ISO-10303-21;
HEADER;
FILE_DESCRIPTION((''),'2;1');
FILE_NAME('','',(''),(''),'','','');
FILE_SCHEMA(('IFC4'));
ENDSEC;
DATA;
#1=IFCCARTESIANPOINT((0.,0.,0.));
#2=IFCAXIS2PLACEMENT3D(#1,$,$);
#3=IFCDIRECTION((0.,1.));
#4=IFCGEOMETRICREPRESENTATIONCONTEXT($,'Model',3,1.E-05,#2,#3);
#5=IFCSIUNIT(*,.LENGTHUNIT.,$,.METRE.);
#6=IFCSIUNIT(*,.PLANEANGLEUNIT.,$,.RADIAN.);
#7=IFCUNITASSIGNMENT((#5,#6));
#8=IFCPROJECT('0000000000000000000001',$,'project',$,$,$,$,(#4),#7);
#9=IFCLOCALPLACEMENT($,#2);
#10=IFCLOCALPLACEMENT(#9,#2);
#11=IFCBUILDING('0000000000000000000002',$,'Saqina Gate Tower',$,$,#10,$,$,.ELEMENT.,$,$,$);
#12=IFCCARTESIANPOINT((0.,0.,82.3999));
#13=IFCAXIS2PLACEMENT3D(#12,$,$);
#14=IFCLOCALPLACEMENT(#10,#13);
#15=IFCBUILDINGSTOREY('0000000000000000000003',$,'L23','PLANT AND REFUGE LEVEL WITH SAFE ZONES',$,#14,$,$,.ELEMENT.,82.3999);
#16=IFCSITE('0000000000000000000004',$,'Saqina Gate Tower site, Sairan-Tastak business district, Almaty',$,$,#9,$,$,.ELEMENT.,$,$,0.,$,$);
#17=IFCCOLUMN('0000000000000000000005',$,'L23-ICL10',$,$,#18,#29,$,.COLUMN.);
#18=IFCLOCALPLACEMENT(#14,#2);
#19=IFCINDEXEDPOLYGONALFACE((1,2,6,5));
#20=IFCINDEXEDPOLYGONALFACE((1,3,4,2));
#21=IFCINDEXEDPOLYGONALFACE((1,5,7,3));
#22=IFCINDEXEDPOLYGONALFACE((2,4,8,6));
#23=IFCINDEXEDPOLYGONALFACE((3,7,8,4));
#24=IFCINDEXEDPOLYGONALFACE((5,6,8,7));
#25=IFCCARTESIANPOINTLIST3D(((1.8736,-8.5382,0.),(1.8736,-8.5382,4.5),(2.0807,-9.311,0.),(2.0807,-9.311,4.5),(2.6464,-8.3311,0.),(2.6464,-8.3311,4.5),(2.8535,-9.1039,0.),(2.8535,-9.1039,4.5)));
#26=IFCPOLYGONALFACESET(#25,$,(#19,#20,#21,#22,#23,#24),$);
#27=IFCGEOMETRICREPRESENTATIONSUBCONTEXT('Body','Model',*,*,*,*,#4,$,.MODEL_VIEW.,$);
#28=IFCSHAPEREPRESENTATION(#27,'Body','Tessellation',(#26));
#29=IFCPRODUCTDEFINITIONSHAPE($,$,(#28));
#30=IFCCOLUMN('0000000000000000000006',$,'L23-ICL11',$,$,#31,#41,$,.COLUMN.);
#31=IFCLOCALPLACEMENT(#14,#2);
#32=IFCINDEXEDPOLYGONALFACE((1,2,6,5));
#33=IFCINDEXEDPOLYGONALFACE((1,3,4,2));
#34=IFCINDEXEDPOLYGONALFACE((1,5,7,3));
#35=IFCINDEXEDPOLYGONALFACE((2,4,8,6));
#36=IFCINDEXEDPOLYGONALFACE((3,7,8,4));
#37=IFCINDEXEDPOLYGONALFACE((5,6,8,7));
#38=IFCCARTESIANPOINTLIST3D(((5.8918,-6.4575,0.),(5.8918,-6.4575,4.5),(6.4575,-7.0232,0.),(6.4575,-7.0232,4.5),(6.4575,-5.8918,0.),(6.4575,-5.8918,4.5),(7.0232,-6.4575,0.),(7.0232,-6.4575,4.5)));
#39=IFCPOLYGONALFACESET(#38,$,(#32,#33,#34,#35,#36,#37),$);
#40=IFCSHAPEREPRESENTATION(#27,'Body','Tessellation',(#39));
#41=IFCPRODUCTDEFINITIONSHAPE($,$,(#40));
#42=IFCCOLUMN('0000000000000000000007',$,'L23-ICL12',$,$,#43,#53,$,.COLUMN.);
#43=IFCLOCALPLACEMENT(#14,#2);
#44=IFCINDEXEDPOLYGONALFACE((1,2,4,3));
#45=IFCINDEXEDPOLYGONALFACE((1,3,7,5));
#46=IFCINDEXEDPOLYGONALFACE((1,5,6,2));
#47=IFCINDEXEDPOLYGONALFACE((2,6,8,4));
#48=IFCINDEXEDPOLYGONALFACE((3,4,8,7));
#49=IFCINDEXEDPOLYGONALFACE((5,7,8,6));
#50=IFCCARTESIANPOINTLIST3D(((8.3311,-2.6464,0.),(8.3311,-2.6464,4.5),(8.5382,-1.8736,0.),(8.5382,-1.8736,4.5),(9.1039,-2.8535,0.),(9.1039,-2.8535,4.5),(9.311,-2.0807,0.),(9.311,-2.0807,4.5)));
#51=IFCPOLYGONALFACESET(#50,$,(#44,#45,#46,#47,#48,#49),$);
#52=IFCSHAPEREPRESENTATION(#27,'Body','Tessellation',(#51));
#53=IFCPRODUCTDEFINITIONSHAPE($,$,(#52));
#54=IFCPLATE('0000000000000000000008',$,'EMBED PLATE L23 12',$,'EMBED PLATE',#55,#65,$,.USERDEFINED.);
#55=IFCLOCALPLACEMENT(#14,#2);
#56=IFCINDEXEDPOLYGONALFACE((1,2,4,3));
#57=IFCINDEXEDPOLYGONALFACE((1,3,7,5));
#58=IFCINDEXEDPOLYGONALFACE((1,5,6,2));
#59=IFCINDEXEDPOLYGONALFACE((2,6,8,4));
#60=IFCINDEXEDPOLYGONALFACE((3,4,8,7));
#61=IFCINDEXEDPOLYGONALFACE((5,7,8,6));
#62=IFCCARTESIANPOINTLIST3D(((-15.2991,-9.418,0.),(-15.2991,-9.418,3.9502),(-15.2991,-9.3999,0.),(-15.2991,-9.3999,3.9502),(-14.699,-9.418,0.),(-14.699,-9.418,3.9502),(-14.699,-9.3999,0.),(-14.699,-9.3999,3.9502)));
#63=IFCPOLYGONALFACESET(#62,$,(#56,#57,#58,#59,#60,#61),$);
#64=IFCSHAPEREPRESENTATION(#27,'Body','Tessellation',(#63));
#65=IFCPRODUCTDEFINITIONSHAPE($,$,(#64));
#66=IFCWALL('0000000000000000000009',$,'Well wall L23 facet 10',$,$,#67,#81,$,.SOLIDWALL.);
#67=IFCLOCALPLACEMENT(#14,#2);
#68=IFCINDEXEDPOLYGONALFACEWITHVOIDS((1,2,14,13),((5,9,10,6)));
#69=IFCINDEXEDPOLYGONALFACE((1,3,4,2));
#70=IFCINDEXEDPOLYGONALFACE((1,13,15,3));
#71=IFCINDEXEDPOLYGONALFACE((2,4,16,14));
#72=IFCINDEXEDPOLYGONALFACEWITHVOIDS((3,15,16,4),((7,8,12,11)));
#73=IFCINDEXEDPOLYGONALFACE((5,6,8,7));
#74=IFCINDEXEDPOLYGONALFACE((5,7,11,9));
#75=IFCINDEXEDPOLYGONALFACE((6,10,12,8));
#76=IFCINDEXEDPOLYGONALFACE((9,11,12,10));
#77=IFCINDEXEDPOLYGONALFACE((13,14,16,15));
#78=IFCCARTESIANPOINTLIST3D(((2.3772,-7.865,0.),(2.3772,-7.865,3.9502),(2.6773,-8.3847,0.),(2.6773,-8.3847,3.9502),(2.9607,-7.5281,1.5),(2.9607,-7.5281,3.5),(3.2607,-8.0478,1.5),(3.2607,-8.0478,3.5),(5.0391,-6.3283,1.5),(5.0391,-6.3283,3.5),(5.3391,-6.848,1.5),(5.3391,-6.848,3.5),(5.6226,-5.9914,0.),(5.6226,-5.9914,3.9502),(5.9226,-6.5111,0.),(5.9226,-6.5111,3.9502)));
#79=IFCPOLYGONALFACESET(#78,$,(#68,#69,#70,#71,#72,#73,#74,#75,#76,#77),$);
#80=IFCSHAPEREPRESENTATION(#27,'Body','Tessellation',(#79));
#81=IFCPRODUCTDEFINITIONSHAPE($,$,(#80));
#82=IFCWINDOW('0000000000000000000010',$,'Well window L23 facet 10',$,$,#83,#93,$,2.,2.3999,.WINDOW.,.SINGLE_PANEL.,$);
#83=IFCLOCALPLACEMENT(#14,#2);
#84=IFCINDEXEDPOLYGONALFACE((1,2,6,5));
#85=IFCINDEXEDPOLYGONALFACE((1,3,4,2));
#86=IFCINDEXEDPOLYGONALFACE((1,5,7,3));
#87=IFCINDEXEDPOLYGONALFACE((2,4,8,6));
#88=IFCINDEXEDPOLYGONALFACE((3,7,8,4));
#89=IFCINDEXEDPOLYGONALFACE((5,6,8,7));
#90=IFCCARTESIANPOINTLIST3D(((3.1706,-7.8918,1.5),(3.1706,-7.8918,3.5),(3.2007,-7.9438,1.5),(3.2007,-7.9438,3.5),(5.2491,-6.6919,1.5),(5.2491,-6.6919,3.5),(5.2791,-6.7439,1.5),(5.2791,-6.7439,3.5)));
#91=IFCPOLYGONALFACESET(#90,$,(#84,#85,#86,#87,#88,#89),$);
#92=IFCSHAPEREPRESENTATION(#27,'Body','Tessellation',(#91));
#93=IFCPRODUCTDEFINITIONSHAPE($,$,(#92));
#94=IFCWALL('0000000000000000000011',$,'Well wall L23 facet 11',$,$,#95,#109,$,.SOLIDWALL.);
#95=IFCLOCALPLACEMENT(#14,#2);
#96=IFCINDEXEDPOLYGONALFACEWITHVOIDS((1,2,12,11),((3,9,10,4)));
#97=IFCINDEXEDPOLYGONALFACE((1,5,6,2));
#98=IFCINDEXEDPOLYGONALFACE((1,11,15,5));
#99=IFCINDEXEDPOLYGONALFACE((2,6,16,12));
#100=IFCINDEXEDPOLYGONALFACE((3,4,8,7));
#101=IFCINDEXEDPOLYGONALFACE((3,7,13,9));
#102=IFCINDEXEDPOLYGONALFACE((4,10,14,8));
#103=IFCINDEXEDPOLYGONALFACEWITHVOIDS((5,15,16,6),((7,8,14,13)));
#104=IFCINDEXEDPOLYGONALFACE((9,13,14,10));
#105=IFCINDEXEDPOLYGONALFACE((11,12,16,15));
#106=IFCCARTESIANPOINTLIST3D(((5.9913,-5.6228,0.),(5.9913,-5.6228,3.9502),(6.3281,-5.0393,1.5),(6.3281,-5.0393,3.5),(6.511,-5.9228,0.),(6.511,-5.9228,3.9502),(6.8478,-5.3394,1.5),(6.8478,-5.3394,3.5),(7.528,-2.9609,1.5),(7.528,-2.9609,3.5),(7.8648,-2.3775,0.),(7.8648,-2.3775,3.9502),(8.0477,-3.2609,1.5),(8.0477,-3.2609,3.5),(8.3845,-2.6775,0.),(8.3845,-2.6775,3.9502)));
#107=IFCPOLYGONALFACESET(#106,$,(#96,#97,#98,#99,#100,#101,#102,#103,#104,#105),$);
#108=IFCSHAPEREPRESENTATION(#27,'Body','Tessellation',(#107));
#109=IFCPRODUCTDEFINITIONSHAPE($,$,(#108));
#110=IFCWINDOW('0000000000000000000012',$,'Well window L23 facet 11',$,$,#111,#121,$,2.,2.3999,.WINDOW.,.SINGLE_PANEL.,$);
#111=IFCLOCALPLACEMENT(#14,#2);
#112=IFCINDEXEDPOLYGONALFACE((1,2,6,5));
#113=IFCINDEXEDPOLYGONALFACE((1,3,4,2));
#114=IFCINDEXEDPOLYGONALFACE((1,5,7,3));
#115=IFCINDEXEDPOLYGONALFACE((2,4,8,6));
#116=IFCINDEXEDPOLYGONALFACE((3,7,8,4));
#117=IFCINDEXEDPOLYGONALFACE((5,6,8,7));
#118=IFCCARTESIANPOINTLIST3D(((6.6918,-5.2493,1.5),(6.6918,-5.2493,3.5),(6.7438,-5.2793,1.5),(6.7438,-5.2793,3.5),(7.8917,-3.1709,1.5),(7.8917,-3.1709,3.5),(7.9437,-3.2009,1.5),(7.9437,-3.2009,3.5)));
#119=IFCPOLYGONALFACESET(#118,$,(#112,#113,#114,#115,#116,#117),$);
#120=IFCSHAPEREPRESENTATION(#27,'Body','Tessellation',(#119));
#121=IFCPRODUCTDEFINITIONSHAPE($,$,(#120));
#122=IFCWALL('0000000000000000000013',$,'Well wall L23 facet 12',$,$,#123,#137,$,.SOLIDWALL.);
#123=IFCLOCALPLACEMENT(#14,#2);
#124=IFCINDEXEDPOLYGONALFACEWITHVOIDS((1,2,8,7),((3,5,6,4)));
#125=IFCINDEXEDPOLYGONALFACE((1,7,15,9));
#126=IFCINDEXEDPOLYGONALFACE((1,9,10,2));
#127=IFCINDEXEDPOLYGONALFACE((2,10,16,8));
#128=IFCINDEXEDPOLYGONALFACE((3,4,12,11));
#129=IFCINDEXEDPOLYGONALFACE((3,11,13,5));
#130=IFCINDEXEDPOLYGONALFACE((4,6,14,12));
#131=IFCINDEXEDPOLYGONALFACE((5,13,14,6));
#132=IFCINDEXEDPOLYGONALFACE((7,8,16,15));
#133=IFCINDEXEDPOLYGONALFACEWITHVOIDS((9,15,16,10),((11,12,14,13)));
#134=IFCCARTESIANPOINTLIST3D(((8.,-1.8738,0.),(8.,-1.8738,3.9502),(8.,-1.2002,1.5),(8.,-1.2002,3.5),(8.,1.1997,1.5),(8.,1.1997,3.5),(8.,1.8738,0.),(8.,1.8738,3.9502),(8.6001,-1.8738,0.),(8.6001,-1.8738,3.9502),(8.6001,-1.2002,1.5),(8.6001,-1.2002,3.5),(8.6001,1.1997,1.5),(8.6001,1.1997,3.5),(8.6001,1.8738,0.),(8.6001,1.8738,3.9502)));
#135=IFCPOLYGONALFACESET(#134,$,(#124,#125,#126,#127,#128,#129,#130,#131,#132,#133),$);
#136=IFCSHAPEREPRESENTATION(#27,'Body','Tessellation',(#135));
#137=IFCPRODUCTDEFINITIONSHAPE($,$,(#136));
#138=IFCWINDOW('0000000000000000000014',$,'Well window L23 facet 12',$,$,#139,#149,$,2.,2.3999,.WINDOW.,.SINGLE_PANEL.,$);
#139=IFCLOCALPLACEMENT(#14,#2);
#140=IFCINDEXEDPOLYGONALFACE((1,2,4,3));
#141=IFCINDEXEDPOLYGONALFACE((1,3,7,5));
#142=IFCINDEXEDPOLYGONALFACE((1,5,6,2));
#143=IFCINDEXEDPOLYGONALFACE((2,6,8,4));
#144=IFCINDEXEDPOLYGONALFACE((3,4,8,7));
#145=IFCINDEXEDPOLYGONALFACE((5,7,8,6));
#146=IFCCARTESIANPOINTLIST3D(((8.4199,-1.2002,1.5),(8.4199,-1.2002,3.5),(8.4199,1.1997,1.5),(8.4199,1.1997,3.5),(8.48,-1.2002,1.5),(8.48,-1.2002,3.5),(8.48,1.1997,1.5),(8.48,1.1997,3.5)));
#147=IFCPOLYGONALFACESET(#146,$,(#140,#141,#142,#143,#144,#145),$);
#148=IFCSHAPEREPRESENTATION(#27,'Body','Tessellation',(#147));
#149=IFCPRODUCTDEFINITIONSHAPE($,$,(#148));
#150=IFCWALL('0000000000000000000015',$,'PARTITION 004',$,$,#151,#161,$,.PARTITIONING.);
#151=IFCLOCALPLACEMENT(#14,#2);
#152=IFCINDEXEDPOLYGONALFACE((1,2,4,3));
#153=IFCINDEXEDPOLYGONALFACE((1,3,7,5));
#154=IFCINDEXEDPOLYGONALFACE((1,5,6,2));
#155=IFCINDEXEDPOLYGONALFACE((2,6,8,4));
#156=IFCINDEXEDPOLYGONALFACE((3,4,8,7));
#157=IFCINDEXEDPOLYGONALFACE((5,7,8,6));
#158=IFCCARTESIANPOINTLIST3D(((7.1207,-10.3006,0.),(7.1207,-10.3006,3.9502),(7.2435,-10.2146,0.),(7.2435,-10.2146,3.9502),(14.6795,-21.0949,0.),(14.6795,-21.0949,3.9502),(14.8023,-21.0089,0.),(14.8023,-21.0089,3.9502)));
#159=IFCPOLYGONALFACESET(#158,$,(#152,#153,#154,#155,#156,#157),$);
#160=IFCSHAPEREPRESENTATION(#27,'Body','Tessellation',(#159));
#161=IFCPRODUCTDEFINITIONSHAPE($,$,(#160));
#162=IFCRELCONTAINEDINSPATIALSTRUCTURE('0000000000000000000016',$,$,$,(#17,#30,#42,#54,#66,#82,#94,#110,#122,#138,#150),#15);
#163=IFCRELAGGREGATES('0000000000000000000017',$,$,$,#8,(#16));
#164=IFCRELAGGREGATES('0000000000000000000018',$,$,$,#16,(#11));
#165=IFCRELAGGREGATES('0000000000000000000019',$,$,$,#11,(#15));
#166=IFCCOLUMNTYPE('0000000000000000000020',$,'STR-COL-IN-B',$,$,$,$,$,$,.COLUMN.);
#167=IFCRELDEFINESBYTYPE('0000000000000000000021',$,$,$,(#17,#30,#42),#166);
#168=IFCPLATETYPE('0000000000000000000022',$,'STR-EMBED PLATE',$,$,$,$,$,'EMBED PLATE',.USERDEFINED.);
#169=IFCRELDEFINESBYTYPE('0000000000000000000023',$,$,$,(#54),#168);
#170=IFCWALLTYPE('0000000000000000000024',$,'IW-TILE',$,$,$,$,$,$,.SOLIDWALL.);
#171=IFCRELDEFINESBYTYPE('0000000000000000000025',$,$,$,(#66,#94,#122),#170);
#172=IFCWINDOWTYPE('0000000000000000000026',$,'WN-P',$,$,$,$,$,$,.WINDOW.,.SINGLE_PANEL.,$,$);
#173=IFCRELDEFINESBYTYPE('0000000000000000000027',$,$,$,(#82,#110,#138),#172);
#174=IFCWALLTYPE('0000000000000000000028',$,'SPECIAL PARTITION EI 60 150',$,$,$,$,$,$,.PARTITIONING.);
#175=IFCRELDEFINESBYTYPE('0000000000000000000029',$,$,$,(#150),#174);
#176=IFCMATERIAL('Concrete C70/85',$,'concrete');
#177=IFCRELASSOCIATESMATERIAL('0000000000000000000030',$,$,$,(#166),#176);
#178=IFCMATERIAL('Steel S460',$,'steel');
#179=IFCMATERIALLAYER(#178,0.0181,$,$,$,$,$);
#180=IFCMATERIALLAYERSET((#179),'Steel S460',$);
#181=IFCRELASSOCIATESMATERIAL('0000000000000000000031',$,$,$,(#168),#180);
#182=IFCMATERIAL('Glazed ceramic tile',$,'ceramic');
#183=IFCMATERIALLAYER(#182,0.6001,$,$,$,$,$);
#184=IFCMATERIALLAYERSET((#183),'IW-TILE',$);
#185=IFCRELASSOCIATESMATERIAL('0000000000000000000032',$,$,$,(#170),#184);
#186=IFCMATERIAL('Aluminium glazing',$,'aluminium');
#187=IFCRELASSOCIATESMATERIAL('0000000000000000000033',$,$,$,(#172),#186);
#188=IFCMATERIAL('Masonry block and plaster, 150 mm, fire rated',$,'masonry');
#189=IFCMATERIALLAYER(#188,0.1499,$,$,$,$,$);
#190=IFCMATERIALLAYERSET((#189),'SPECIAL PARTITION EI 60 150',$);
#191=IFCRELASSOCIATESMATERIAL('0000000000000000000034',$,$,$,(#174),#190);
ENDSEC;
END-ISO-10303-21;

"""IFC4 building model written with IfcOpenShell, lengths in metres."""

from ifc_helpers import new_model, si_unit, direction, frame, frame_2d, origin, origin_2d, place, context, subcontext, project, spatial, polyline, rectangle, outline, extrude, material, layer, layer_set, material_profile, profile_set, type_object, element, fill, save


model = new_model("IFC4")

# Units and contexts
model_context = context("Model", 3, precision=1e-05, world=origin(), true_north=direction((0.0, 1.0)))
body_context = subcontext(model_context, "Body", "Model", "MODEL_VIEW")
ifc_project = project(units=[si_unit("LENGTHUNIT", "METRE"), si_unit("PLANEANGLEUNIT", "RADIAN")], contexts=[model_context])

# Site, building, storey
site_placement = place(None, origin())
site = spatial("IfcSite", under=ifc_project, at=site_placement, Name="Saqina Gate Tower site, Sairan-Tastak business district, Almaty", CompositionType="ELEMENT", RefElevation=0.0)
building_placement = place(site_placement, origin())
building = spatial("IfcBuilding", under=site, at=building_placement, Name="Saqina Gate Tower", CompositionType="ELEMENT")
storey_placement = place(building_placement, frame((0.0, 0.0, 82.3999)))
storey = spatial("IfcBuildingStorey", under=building, at=storey_placement, Name="L23", Description="PLANT AND REFUGE LEVEL WITH SAFE ZONES", CompositionType="ELEMENT", Elevation=82.3999)

# Columns
ifc_material_1 = material(Name="Concrete C70/85", Category="concrete")
ifc_material_profile = material_profile(ifc_material_1, rectangle(XDim=0.8, YDim=0.8, at=origin_2d()), Name="RC 800x800")
ifc_profile_set = profile_set([ifc_material_profile], Name="Concrete C70/85")
column_type = type_object("IfcColumnType", Name="STR-COL-IN-B", PredefinedType="COLUMN", material=ifc_profile_set)
for number, where, z_axis, x_axis, name in (
    (1, (2.3635, -8.821, 0.0), (0.0, 0.0, 1.0), (0.258819, -0.965926, 0.0), "L23-ICL10"),
    (2, (6.4575, -6.4575, 0.0), (0.0, 0.0, 1.0), (0.707107, -0.707107, 0.0), "L23-ICL11"),
    (3, (8.821, -2.3635, 0.0), (0.0, 0.0, 1.0), (0.965926, -0.258819, 0.0), "L23-ICL12"),
):
    element("IfcColumn", number, at=place(storey_placement, frame(where, z_axis=z_axis, x_axis=x_axis)), inside=storey, type_object=column_type, Name=name, PredefinedType="COLUMN", context=body_context, shape_type="SweptSolid", body=[
        extrude(rectangle(XDim=0.8, YDim=0.8, at=origin_2d()), origin(), (0.0, 0.0, 1.0), 4.5),
    ])

# Plate
ifc_material_2 = material(Name="Steel S460", Category="steel")
ifc_layer_1 = layer(ifc_material_2, 0.0181)
ifc_layer_set_1 = layer_set([ifc_layer_1], Name="Steel S460")
plate_type = type_object("IfcPlateType", Name="STR-EMBED PLATE", ElementType="EMBED PLATE", PredefinedType="USERDEFINED", material=ifc_layer_set_1)
plate_placement = place(storey_placement, origin())
element("IfcPlate", 4, at=plate_placement, inside=storey, type_object=plate_type, Name="EMBED PLATE L23 12", ObjectType="EMBED PLATE", PredefinedType="USERDEFINED", context=body_context, shape_type="SweptSolid", body=[
    extrude(outline(polyline([(-15.2991, -9.418), (-14.699, -9.418), (-14.699, -9.3999), (-15.2991, -9.3999), (-15.2991, -9.418)])), origin(), (0.0, 0.0, 1.0), 3.9502),
])

# Walls, openings, windows
ifc_material_3 = material(Name="Glazed ceramic tile", Category="ceramic")
ifc_layer_2 = layer(ifc_material_3, 0.6001)
ifc_layer_set_2 = layer_set([ifc_layer_2], Name="IW-TILE")
wall_type_1 = type_object("IfcWallType", Name="IW-TILE", PredefinedType="SOLIDWALL", material=ifc_layer_set_2)
wall_1_placement = place(storey_placement, frame((2.5273, -8.1248, 0.0), z_axis=(0.0, 0.0, 1.0), x_axis=(0.866046, 0.499965, 0.0)))
wall_1 = element("IfcWall", 5, at=wall_1_placement, inside=storey, type_object=wall_type_1, Name="Well wall L23 facet 10", PredefinedType="SOLIDWALL", context=body_context, shape_type="SweptSolid", body=[
    extrude(rectangle(XDim=3.7473, YDim=0.6001, at=frame_2d((1.8735, 0.0))), origin(), (0.0, 0.0, 1.0), 3.9502),
])
opening_1_placement = place(wall_1_placement, frame((0.6736, 0.0, 1.5)))
opening_1 = element("IfcOpeningElement", 6, at=opening_1_placement, cuts=wall_1, PredefinedType="OPENING", context=body_context, shape_type="SweptSolid", body=[
    extrude(rectangle(XDim=2.3999, YDim=2.0, at=frame_2d((1.2, 1.0))), frame((0.0, 0.312, 0.0), z_axis=(0.0, -1.0, 0.0), x_axis=(1.0, 0.0, 0.0)), (0.0, 0.0, 1.0), 0.624),
])
ifc_material_4 = material(Name="Aluminium glazing", Category="aluminium")
window_type = type_object("IfcWindowType", Name="WN-P", PartitioningType="SINGLE_PANEL", PredefinedType="WINDOW", material=ifc_material_4)
window_1_placement = place(opening_1_placement, origin())
window_1 = element("IfcWindow", 7, at=window_1_placement, inside=storey, type_object=window_type, Name="Well window L23 facet 10", OverallHeight=2.0, OverallWidth=2.3999, PartitioningType="SINGLE_PANEL", PredefinedType="WINDOW", context=body_context, shape_type="SweptSolid", body=[
    extrude(rectangle(XDim=2.3999, YDim=2.0, at=frame_2d((1.2, 1.0))), frame((0.0, -0.1199, 0.0), z_axis=(0.0, -1.0, 0.0), x_axis=(1.0, 0.0, 0.0)), (0.0, 0.0, 1.0), 0.0601),
])
fill(opening_1, window_1)
wall_2_placement = place(storey_placement, frame((6.2512, -5.7727, 0.0), z_axis=(0.0, 0.0, 1.0), x_axis=(0.499965, 0.866046, 0.0)))
wall_2 = element("IfcWall", 8, at=wall_2_placement, inside=storey, type_object=wall_type_1, Name="Well wall L23 facet 11", PredefinedType="SOLIDWALL", context=body_context, shape_type="SweptSolid", body=[
    extrude(rectangle(XDim=3.7473, YDim=0.6001, at=frame_2d((1.8735, 0.0))), origin(), (0.0, 0.0, 1.0), 3.9502),
])
opening_2_placement = place(wall_2_placement, frame((0.6736, 0.0, 1.5)))
opening_2 = element("IfcOpeningElement", 9, at=opening_2_placement, cuts=wall_2, PredefinedType="OPENING", context=body_context, shape_type="SweptSolid", body=[
    extrude(rectangle(XDim=2.3999, YDim=2.0, at=frame_2d((1.2, 1.0))), frame((0.0, 0.312, 0.0), z_axis=(0.0, -1.0, 0.0), x_axis=(1.0, 0.0, 0.0)), (0.0, 0.0, 1.0), 0.624),
])
window_2_placement = place(opening_2_placement, origin())
window_2 = element("IfcWindow", 10, at=window_2_placement, inside=storey, type_object=window_type, Name="Well window L23 facet 11", OverallHeight=2.0, OverallWidth=2.3999, PartitioningType="SINGLE_PANEL", PredefinedType="WINDOW", context=body_context, shape_type="SweptSolid", body=[
    extrude(rectangle(XDim=2.3999, YDim=2.0, at=frame_2d((1.2, 1.0))), frame((0.0, -0.1199, 0.0), z_axis=(0.0, -1.0, 0.0), x_axis=(1.0, 0.0, 0.0)), (0.0, 0.0, 1.0), 0.0601),
])
fill(opening_2, window_2)
wall_3_placement = place(storey_placement, frame((8.3, -1.8738, 0.0), z_axis=(0.0, 0.0, 1.0), x_axis=(0.0, 1.0, 0.0)))
wall_3 = element("IfcWall", 11, at=wall_3_placement, inside=storey, type_object=wall_type_1, Name="Well wall L23 facet 12", PredefinedType="SOLIDWALL", context=body_context, shape_type="SweptSolid", body=[
    extrude(rectangle(XDim=3.7476, YDim=0.6001, at=frame_2d((1.8738, 0.0))), origin(), (0.0, 0.0, 1.0), 3.9502),
])
opening_3_placement = place(wall_3_placement, frame((0.6736, 0.0, 1.5)))
opening_3 = element("IfcOpeningElement", 12, at=opening_3_placement, cuts=wall_3, PredefinedType="OPENING", context=body_context, shape_type="SweptSolid", body=[
    extrude(rectangle(XDim=2.3999, YDim=2.0, at=frame_2d((1.2, 1.0))), frame((0.0, 0.312, 0.0), z_axis=(0.0, -1.0, 0.0), x_axis=(1.0, 0.0, 0.0)), (0.0, 0.0, 1.0), 0.624),
])
window_3_placement = place(opening_3_placement, origin())
window_3 = element("IfcWindow", 13, at=window_3_placement, inside=storey, type_object=window_type, Name="Well window L23 facet 12", OverallHeight=2.0, OverallWidth=2.3999, PartitioningType="SINGLE_PANEL", PredefinedType="WINDOW", context=body_context, shape_type="SweptSolid", body=[
    extrude(rectangle(XDim=2.3999, YDim=2.0, at=frame_2d((1.2, 1.0))), frame((0.0, -0.1199, 0.0), z_axis=(0.0, -1.0, 0.0), x_axis=(1.0, 0.0, 0.0)), (0.0, 0.0, 1.0), 0.0601),
])
fill(opening_3, window_3)

# Wall
ifc_material_5 = material(Name="Masonry block and plaster, 150 mm, fire rated", Category="masonry")
ifc_layer_3 = layer(ifc_material_5, 0.1499)
ifc_layer_set_3 = layer_set([ifc_layer_3], Name="SPECIAL PARTITION EI 60 150")
wall_type_2 = type_object("IfcWallType", Name="SPECIAL PARTITION EI 60 150", PredefinedType="PARTITIONING", material=ifc_layer_set_3)
wall_4_placement = place(storey_placement, frame((7.1821, -10.2576, 0.0), z_axis=(0.0, 0.0, 1.0), x_axis=(0.573602, -0.819134, 0.0)))
element("IfcWall", 14, at=wall_4_placement, inside=storey, type_object=wall_type_2, Name="PARTITION 004", PredefinedType="PARTITIONING", context=body_context, shape_type="SweptSolid", body=[
    extrude(rectangle(XDim=13.1777, YDim=0.1499, at=frame_2d((6.5889, 0.0))), origin(), (0.0, 0.0, 1.0), 3.9502),
])

save(model, "model.ifc")
